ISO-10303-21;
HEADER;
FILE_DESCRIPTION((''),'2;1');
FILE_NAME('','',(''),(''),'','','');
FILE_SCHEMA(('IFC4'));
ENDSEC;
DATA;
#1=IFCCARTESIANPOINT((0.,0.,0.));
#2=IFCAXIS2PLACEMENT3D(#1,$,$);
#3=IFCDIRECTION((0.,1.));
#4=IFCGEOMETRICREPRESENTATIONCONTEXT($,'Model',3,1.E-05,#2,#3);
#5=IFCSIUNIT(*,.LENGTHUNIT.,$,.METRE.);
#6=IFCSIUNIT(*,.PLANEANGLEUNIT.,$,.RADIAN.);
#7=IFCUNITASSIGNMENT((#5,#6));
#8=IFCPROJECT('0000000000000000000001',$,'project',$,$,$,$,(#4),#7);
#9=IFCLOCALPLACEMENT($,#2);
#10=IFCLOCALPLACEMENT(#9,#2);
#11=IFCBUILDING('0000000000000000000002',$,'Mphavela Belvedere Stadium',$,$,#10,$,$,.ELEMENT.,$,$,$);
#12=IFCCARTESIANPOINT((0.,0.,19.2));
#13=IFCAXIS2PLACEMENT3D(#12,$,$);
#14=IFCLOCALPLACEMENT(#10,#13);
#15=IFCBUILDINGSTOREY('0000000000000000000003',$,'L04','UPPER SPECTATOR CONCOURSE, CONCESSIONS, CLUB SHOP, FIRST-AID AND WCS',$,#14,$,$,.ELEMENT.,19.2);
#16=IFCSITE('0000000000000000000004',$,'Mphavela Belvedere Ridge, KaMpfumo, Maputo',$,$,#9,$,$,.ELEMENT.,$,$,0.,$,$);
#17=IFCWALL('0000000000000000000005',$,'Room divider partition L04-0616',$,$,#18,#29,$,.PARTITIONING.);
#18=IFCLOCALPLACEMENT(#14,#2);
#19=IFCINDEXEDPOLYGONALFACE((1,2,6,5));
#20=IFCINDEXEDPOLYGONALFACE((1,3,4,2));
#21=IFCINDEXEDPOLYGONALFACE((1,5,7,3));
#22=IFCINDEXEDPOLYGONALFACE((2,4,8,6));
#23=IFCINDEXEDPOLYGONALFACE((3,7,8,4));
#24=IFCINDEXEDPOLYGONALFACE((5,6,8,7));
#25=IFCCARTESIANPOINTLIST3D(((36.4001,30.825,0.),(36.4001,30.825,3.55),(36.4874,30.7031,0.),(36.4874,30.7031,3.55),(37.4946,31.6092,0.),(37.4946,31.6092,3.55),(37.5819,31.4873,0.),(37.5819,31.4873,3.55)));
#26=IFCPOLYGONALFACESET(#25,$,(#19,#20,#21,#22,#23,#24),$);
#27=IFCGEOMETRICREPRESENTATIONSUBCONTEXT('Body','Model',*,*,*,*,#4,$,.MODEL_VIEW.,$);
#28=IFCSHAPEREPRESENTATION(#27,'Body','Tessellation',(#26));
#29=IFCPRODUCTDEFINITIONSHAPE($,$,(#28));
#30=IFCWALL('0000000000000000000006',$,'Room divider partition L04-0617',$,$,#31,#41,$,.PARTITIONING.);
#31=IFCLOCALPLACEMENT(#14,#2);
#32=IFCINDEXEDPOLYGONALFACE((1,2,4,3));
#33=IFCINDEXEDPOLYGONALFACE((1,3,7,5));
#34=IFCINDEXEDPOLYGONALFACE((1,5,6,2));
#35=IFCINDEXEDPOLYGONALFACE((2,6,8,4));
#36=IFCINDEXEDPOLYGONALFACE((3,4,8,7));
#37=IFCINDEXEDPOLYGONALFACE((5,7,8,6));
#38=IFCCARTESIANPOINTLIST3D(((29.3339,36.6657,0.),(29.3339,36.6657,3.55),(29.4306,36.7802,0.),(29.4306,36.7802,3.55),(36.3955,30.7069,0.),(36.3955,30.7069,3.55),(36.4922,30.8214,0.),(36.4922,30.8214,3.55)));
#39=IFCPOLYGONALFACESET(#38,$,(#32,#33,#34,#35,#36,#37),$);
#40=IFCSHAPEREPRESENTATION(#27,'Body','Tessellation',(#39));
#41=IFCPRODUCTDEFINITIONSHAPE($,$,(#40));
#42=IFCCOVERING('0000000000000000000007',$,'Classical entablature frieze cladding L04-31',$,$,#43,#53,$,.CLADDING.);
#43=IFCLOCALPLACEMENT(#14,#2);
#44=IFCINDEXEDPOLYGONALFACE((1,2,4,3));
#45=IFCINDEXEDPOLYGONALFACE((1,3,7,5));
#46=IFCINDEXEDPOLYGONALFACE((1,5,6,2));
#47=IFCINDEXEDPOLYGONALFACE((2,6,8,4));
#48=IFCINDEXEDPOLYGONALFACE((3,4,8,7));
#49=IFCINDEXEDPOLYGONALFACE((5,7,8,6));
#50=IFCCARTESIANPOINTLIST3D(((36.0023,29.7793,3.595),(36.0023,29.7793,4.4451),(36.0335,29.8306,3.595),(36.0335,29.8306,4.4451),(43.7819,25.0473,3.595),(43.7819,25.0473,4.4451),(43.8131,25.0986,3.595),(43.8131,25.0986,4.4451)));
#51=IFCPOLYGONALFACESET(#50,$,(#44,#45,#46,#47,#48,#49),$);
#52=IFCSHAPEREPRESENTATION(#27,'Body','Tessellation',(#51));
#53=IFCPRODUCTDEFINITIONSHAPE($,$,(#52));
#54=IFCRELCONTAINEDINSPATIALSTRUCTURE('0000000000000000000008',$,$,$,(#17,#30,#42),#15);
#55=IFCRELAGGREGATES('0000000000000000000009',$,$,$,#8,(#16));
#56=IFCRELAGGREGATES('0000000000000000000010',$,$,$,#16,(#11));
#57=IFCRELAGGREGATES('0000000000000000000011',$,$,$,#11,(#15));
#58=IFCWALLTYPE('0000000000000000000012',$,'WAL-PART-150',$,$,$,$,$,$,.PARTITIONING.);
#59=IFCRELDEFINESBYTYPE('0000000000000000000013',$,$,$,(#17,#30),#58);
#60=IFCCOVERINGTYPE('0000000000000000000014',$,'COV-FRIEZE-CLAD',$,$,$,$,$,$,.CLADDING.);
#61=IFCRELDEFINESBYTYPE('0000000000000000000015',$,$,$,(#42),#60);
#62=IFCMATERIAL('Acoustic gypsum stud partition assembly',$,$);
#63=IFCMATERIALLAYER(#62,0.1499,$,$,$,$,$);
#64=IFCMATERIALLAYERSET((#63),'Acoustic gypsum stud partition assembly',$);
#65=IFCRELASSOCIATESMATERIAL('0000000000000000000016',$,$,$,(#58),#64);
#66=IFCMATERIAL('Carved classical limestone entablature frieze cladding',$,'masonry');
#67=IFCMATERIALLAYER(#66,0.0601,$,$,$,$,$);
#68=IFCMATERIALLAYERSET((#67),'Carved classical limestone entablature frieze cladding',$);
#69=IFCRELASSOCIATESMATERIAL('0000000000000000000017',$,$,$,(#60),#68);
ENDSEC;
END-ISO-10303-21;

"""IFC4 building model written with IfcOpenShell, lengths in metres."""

from ifc_helpers import new_model, si_unit, direction, frame, frame_2d, origin, origin_2d, place, context, subcontext, project, spatial, rectangle, extrude, material, layer, layer_set, type_object, element, save


model = new_model("IFC4")

# Units and contexts
model_context = context("Model", 3, precision=1e-05, world=origin(), true_north=direction((0.0, 1.0)))
body_context = subcontext(model_context, "Body", "Model", "MODEL_VIEW")
ifc_project = project(units=[si_unit("LENGTHUNIT", "METRE"), si_unit("PLANEANGLEUNIT", "RADIAN")], contexts=[model_context])

# Site, building, storey
site_placement = place(None, origin())
site = spatial("IfcSite", under=ifc_project, at=site_placement, Name="Mphavela Belvedere Ridge, KaMpfumo, Maputo", CompositionType="ELEMENT", RefElevation=0.0)
building_placement = place(site_placement, origin())
building = spatial("IfcBuilding", under=site, at=building_placement, Name="Mphavela Belvedere Stadium", CompositionType="ELEMENT")
storey_placement = place(building_placement, frame((0.0, 0.0, 19.2)))
storey = spatial("IfcBuildingStorey", under=building, at=storey_placement, Name="L04", Description="UPPER SPECTATOR CONCOURSE, CONCESSIONS, CLUB SHOP, FIRST-AID AND WCS", CompositionType="ELEMENT", Elevation=19.2)

# Walls
ifc_material_1 = material(Name="Acoustic gypsum stud partition assembly")
ifc_layer_1 = layer(ifc_material_1, 0.1499)
ifc_layer_set_1 = layer_set([ifc_layer_1], Name="Acoustic gypsum stud partition assembly")
wall_type = type_object("IfcWallType", Name="WAL-PART-150", PredefinedType="PARTITIONING", material=ifc_layer_set_1)
wall_1_placement = place(storey_placement, frame((37.5383, 31.5483, 0.0), z_axis=(0.0, 0.0, 1.0), x_axis=(-0.812887, -0.582421, 0.0)))
element("IfcWall", 1, at=wall_1_placement, inside=storey, type_object=wall_type, Name="Room divider partition L04-0616", PredefinedType="PARTITIONING", context=body_context, shape_type="SweptSolid", body=[
    extrude(rectangle(XDim=1.3464, YDim=0.1499, at=frame_2d((0.6733, 0.0))), origin(), (0.0, 0.0, 1.0), 3.55),
])
wall_2_placement = place(storey_placement, frame((36.4438, 30.7642, 0.0), z_axis=(0.0, 0.0, 1.0), x_axis=(-0.764261, 0.644908, 0.0)))
element("IfcWall", 2, at=wall_2_placement, inside=storey, type_object=wall_type, Name="Room divider partition L04-0617", PredefinedType="PARTITIONING", context=body_context, shape_type="SweptSolid", body=[
    extrude(rectangle(XDim=9.2397, YDim=0.1499, at=frame_2d((4.6199, 0.0))), origin(), (0.0, 0.0, 1.0), 3.55),
])

# Covering
ifc_material_2 = material(Name="Carved classical limestone entablature frieze cladding", Category="masonry")
ifc_layer_2 = layer(ifc_material_2, 0.0601)
ifc_layer_set_2 = layer_set([ifc_layer_2], Name="Carved classical limestone entablature frieze cladding")
covering_type = type_object("IfcCoveringType", Name="COV-FRIEZE-CLAD", PredefinedType="CLADDING", material=ifc_layer_set_2)
covering_placement = place(storey_placement, frame((39.9077, 27.439, 3.595), z_axis=(0.0, 0.0, 1.0), x_axis=(0.854368, -0.519668, 0.0)))
element("IfcCovering", 3, at=covering_placement, inside=storey, type_object=covering_type, Name="Classical entablature frieze cladding L04-31", PredefinedType="CLADDING", context=body_context, shape_type="SweptSolid", body=[
    extrude(rectangle(XDim=9.1057, YDim=0.0601, at=origin_2d()), origin(), (0.0, 0.0, 1.0), 0.8501),
])

save(model, "model.ifc")
